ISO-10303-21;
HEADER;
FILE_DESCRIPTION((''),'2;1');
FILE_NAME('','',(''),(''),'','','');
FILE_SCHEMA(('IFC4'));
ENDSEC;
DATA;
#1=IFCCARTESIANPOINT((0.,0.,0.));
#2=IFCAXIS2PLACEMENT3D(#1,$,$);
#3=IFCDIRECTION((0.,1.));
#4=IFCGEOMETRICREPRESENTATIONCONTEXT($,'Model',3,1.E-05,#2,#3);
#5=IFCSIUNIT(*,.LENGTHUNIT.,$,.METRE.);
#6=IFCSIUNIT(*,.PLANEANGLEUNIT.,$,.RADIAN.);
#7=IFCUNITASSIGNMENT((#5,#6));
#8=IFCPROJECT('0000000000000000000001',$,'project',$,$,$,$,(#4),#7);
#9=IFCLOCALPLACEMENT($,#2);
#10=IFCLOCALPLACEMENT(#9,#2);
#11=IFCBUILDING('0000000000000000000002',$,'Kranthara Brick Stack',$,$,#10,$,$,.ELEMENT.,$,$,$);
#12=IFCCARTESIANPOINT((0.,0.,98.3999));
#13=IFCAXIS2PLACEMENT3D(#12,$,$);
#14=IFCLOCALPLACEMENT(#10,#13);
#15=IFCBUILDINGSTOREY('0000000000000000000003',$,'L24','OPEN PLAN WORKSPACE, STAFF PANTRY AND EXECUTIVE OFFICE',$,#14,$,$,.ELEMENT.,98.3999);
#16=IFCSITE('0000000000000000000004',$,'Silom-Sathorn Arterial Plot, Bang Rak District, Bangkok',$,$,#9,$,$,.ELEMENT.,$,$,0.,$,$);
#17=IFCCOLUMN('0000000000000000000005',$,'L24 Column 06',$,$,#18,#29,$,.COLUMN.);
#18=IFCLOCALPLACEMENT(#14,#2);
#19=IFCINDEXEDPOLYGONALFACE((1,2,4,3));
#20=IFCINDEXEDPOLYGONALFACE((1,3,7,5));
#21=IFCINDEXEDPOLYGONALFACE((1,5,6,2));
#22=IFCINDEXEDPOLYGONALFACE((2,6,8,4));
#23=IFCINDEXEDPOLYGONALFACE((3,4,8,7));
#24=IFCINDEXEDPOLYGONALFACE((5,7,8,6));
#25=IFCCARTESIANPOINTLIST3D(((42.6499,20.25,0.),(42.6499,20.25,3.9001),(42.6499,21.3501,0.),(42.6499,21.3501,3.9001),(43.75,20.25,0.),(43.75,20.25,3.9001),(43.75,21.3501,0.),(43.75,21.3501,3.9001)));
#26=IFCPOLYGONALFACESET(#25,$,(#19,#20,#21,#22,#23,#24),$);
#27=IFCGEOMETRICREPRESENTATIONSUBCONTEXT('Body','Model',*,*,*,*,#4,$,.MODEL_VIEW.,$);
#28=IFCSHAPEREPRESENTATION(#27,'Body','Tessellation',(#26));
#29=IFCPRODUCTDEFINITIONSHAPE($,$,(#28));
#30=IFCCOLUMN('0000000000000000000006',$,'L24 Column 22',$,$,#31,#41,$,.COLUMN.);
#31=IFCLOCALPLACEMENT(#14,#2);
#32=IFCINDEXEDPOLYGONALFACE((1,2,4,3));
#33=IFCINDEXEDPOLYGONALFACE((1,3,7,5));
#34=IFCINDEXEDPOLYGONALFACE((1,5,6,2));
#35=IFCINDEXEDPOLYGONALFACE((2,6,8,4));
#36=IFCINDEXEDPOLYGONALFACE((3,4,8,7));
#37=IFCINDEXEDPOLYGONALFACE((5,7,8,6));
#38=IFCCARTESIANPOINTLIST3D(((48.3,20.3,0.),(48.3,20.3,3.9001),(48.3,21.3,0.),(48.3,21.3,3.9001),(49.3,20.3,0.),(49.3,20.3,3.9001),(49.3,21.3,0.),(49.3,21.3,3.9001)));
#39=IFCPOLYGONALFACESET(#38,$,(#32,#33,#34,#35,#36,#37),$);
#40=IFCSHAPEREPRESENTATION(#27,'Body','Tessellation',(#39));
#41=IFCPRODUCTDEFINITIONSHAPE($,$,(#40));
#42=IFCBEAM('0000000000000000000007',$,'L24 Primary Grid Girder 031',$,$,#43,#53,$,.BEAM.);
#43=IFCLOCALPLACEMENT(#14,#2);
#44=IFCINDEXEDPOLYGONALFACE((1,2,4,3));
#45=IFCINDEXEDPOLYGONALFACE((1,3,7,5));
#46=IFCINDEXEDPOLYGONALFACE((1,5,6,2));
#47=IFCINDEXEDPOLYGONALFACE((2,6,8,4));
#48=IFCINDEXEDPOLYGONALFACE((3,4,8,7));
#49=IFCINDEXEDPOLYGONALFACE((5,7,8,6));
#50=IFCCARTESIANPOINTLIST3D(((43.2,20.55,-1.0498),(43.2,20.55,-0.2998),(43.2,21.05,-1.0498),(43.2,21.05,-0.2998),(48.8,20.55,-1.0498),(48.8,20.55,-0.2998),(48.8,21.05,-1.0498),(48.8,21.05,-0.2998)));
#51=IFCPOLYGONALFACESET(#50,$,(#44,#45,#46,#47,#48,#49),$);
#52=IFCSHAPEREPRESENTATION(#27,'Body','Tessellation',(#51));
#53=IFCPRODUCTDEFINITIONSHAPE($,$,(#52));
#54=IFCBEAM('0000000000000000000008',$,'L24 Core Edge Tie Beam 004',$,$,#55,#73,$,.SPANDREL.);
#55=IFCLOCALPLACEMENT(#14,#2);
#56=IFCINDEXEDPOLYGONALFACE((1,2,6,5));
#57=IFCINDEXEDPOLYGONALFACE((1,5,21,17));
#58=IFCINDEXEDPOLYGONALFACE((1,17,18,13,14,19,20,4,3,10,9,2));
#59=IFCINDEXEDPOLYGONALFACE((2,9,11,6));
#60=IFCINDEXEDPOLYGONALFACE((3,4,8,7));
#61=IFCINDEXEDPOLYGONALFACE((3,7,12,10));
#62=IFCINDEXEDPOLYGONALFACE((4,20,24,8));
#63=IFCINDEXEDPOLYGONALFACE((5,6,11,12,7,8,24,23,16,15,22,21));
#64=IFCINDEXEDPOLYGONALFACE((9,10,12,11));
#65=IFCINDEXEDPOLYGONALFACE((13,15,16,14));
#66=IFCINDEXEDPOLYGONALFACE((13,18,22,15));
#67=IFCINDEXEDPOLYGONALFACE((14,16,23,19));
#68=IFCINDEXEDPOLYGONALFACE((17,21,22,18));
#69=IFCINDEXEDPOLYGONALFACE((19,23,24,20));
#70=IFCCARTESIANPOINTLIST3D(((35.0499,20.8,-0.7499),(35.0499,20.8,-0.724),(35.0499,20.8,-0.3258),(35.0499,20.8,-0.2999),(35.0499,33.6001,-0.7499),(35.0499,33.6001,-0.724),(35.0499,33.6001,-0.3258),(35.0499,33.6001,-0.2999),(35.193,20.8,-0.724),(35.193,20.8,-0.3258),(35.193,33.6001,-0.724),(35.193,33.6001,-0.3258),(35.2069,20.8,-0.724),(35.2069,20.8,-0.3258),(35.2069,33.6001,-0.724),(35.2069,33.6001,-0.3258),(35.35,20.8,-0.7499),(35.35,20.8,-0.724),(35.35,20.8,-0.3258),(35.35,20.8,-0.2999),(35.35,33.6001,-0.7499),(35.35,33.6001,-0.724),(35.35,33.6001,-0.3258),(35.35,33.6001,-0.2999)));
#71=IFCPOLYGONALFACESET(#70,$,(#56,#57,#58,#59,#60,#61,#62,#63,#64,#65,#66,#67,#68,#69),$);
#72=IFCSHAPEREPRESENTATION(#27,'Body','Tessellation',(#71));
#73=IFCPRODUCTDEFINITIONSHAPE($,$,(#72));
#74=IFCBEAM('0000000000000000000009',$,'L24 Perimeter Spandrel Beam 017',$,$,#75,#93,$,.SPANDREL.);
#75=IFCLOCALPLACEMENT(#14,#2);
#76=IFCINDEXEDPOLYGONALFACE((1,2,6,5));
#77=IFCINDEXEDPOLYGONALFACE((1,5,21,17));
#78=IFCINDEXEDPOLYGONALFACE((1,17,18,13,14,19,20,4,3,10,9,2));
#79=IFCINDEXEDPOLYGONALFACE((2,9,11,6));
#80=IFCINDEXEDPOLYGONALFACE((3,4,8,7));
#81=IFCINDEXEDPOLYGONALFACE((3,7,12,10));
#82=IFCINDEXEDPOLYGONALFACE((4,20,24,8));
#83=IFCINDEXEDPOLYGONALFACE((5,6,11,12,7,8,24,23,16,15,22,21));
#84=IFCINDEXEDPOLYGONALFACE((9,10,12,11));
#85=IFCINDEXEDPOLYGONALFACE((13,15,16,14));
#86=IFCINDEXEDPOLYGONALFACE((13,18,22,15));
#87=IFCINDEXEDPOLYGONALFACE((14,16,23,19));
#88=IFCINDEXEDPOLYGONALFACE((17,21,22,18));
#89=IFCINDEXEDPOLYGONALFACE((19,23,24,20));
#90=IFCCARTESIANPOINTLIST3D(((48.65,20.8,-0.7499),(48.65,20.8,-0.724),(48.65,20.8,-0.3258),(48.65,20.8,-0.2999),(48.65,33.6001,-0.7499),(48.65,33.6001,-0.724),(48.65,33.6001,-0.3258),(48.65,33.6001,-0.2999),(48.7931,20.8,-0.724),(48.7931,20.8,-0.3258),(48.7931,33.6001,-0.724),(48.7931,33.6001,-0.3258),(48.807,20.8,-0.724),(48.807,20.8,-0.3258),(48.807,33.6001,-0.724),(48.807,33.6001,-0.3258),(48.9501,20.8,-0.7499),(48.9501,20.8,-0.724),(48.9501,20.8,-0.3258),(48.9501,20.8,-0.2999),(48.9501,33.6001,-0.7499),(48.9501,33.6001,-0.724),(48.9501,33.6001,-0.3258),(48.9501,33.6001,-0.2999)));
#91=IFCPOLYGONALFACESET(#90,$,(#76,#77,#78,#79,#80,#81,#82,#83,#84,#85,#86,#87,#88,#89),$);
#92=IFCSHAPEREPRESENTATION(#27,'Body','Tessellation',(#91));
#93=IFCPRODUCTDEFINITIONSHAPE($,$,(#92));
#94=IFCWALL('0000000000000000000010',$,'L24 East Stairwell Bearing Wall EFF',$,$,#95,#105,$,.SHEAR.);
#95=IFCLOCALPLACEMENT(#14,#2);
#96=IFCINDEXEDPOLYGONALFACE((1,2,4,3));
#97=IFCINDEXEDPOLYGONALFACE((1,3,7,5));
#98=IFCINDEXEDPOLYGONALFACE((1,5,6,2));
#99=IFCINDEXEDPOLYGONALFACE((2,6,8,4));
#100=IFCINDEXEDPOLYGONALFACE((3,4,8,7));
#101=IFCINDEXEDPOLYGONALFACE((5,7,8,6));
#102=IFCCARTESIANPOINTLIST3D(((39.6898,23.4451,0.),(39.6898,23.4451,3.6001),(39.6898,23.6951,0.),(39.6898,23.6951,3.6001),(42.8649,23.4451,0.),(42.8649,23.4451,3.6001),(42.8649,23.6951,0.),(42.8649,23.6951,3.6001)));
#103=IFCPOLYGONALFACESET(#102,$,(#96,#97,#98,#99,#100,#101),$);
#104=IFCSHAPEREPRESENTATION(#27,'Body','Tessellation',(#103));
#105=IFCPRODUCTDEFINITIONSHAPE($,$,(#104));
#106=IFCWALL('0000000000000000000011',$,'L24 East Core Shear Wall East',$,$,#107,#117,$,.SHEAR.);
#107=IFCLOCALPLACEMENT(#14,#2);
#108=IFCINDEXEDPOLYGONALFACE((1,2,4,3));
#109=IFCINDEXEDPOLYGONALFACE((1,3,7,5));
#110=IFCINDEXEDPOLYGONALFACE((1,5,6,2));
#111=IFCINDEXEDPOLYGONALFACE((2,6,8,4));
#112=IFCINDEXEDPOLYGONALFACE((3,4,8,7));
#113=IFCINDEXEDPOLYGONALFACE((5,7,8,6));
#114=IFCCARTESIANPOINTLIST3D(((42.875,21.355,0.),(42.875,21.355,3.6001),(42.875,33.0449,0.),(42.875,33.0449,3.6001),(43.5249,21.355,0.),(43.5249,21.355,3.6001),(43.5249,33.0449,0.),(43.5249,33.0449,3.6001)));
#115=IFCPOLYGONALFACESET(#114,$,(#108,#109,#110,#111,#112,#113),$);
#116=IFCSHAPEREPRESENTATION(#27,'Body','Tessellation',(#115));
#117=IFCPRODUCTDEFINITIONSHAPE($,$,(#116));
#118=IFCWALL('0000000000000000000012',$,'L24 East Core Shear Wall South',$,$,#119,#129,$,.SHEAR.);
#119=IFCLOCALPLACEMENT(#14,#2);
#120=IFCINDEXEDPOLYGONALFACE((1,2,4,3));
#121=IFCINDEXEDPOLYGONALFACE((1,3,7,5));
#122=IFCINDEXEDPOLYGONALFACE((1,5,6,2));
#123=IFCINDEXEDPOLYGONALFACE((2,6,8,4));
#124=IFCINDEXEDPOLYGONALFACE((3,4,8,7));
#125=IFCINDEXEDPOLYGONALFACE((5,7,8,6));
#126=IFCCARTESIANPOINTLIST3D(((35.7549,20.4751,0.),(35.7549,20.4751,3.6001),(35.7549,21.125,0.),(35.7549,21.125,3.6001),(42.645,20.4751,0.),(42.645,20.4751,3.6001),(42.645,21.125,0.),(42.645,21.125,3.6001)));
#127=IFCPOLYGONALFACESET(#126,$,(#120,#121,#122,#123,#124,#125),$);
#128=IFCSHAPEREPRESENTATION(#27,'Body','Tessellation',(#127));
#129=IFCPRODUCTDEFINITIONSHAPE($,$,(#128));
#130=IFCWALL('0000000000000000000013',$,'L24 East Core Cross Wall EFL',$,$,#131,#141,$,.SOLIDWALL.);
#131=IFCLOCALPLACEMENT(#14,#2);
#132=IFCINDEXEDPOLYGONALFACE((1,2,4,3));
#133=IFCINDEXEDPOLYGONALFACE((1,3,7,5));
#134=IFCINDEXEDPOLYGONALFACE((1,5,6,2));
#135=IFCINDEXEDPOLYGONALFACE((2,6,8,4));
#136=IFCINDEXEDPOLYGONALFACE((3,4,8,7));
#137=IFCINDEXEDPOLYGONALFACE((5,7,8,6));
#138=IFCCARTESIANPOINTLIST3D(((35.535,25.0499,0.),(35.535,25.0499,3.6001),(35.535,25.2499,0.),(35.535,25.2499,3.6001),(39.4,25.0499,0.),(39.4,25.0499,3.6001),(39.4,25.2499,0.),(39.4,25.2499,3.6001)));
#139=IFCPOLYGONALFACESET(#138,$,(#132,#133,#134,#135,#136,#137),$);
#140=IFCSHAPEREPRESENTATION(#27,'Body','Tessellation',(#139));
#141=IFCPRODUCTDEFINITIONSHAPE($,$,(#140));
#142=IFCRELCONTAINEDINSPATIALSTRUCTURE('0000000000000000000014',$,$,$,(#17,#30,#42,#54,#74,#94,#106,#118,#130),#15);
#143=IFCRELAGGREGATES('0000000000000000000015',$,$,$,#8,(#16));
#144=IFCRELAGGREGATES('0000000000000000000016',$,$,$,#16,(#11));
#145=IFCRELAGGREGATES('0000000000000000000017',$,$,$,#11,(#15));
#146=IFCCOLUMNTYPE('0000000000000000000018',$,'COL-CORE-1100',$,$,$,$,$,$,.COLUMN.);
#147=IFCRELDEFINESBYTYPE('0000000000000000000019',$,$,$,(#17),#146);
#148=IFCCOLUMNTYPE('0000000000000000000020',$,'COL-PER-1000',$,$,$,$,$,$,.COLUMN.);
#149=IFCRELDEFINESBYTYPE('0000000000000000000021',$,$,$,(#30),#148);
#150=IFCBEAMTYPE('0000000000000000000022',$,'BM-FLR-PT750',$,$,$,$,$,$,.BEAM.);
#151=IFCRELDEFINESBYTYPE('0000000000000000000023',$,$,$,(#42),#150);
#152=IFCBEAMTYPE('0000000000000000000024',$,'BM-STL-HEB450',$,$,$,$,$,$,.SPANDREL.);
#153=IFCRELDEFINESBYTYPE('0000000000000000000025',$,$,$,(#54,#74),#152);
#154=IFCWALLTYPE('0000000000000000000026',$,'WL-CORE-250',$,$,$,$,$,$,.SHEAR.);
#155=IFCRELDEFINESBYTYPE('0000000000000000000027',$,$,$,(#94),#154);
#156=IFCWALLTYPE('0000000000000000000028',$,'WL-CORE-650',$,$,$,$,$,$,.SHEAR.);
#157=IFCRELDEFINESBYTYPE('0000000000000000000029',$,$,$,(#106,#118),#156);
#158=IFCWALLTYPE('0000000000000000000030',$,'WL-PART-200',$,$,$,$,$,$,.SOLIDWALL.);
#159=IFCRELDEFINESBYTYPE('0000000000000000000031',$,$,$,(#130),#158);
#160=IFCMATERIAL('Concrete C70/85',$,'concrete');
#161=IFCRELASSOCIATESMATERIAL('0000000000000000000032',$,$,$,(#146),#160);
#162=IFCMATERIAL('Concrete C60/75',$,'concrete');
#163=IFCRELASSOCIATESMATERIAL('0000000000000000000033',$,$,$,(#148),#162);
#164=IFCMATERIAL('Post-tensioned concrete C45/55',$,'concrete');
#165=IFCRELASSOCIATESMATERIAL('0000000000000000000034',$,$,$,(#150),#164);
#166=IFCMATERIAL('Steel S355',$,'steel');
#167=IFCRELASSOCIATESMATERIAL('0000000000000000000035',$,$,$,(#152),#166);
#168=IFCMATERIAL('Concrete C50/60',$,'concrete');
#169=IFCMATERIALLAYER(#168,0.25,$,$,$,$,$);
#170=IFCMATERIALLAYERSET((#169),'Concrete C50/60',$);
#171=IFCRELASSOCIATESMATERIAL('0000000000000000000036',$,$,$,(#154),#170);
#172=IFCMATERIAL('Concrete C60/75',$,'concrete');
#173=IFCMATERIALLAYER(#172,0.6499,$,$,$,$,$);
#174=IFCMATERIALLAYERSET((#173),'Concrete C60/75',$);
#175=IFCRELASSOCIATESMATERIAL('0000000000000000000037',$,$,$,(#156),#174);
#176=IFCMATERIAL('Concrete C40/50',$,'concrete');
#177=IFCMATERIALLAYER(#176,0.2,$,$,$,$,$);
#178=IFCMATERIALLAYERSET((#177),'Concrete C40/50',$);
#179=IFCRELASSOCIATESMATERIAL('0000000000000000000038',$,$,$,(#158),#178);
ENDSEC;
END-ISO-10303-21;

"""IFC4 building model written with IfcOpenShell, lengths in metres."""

from ifc_helpers import new_model, si_unit, direction, frame, frame_2d, origin, origin_2d, place, context, subcontext, project, spatial, rectangle, i_section, extrude, material, layer, layer_set, material_profile, profile_set, type_object, element, save


model = new_model("IFC4")

# Units and contexts
model_context = context("Model", 3, precision=1e-05, world=origin(), true_north=direction((0.0, 1.0)))
body_context = subcontext(model_context, "Body", "Model", "MODEL_VIEW")
ifc_project = project(units=[si_unit("LENGTHUNIT", "METRE"), si_unit("PLANEANGLEUNIT", "RADIAN")], contexts=[model_context])

# Site, building, storey
site_placement = place(None, origin())
site = spatial("IfcSite", under=ifc_project, at=site_placement, Name="Silom-Sathorn Arterial Plot, Bang Rak District, Bangkok", CompositionType="ELEMENT", RefElevation=0.0)
building_placement = place(site_placement, origin())
building = spatial("IfcBuilding", under=site, at=building_placement, Name="Kranthara Brick Stack", CompositionType="ELEMENT")
storey_placement = place(building_placement, frame((0.0, 0.0, 98.3999)))
storey = spatial("IfcBuildingStorey", under=building, at=storey_placement, Name="L24", Description="OPEN PLAN WORKSPACE, STAFF PANTRY AND EXECUTIVE OFFICE", CompositionType="ELEMENT", Elevation=98.3999)

# Columns
ifc_material_1 = material(Name="Concrete C70/85", Category="concrete")
ifc_material_profile_1 = material_profile(ifc_material_1, rectangle(XDim=1.1001, YDim=1.1001, at=origin_2d()), Name="RC 1100x1100")
ifc_profile_set_1 = profile_set([ifc_material_profile_1], Name="Concrete C70/85")
column_type_1 = type_object("IfcColumnType", Name="COL-CORE-1100", PredefinedType="COLUMN", material=ifc_profile_set_1)
column_1_placement = place(storey_placement, frame((43.2, 20.8, 0.0), z_axis=(0.0, 0.0, 1.0), x_axis=(1.0, 0.0, 0.0)))
element("IfcColumn", 1, at=column_1_placement, inside=storey, type_object=column_type_1, Name="L24 Column 06", PredefinedType="COLUMN", context=body_context, shape_type="SweptSolid", body=[
    extrude(rectangle(XDim=1.1001, YDim=1.1001, at=origin_2d()), origin(), (0.0, 0.0, 1.0), 3.9001),
])
ifc_material_2 = material(Name="Concrete C60/75", Category="concrete")
ifc_material_profile_2 = material_profile(ifc_material_2, rectangle(XDim=1.0, YDim=1.0, at=origin_2d()), Name="RC 1000x1000")
ifc_profile_set_2 = profile_set([ifc_material_profile_2], Name="Concrete C60/75")
column_type_2 = type_object("IfcColumnType", Name="COL-PER-1000", PredefinedType="COLUMN", material=ifc_profile_set_2)
column_2_placement = place(storey_placement, frame((48.8, 20.8, 0.0), z_axis=(0.0, 0.0, 1.0), x_axis=(1.0, 0.0, 0.0)))
element("IfcColumn", 2, at=column_2_placement, inside=storey, type_object=column_type_2, Name="L24 Column 22", PredefinedType="COLUMN", context=body_context, shape_type="SweptSolid", body=[
    extrude(rectangle(XDim=1.0, YDim=1.0, at=origin_2d()), origin(), (0.0, 0.0, 1.0), 3.9001),
])

# Beams
ifc_material_3 = material(Name="Post-tensioned concrete C45/55", Category="concrete")
ifc_material_profile_3 = material_profile(ifc_material_3, rectangle(XDim=0.5, YDim=0.75, at=origin_2d()), Name="PT 500x750")
ifc_profile_set_3 = profile_set([ifc_material_profile_3], Name="Post-tensioned concrete C45/55")
beam_type_1 = type_object("IfcBeamType", Name="BM-FLR-PT750", PredefinedType="BEAM", material=ifc_profile_set_3)
beam_placement = place(storey_placement, frame((43.2, 20.8, -0.6748), z_axis=(1.0, 0.0, 0.0), x_axis=(0.0, 1.0, 0.0)))
element("IfcBeam", 3, at=beam_placement, inside=storey, type_object=beam_type_1, Name="L24 Primary Grid Girder 031", PredefinedType="BEAM", context=body_context, shape_type="SweptSolid", body=[
    extrude(rectangle(XDim=0.5, YDim=0.75, at=origin_2d()), origin(), (0.0, 0.0, 1.0), 5.6001),
])
ifc_material_4 = material(Name="Steel S355", Category="steel")
ifc_material_profile_4 = material_profile(ifc_material_4, i_section(OverallWidth=0.3, OverallDepth=0.45, WebThickness=0.0139, FlangeThickness=0.0259, at=origin_2d()), Name="HEB 450")
ifc_profile_set_4 = profile_set([ifc_material_profile_4], Name="Steel S355")
beam_type_2 = type_object("IfcBeamType", Name="BM-STL-HEB450", PredefinedType="SPANDREL", material=ifc_profile_set_4)
for number, where, z_axis, x_axis, name in (
    (4, (35.2, 20.8, -0.5249), (0.0, 1.0, 0.0), (-1.0, 0.0, 0.0), "L24 Core Edge Tie Beam 004"),
    (5, (48.8, 20.8, -0.5249), (0.0, 1.0, 0.0), (-1.0, 0.0, 0.0), "L24 Perimeter Spandrel Beam 017"),
):
    element("IfcBeam", number, at=place(storey_placement, frame(where, z_axis=z_axis, x_axis=x_axis)), inside=storey, type_object=beam_type_2, Name=name, PredefinedType="SPANDREL", context=body_context, shape_type="SweptSolid", body=[
        extrude(i_section(OverallWidth=0.3, OverallDepth=0.45, WebThickness=0.0139, FlangeThickness=0.0259, at=origin_2d()), origin(), (0.0, 0.0, 1.0), 12.8),
    ])

# Shared definitions
ifc_material_5 = material(Name="Concrete C50/60", Category="concrete")
ifc_layer_1 = layer(ifc_material_5, 0.25)
ifc_layer_set_1 = layer_set([ifc_layer_1], Name="Concrete C50/60")
wall_type_1 = type_object("IfcWallType", Name="WL-CORE-250", PredefinedType="SHEAR", material=ifc_layer_set_1)

# Walls
wall_1_placement = place(storey_placement, frame((39.6899, 23.5701, 0.0), z_axis=(0.0, 0.0, 1.0), x_axis=(1.0, 0.0, 0.0)))
element("IfcWall", 6, at=wall_1_placement, inside=storey, type_object=wall_type_1, Name="L24 East Stairwell Bearing Wall EFF", PredefinedType="SHEAR", context=body_context, shape_type="SweptSolid", body=[
    extrude(rectangle(XDim=3.175, YDim=0.25, at=frame_2d((1.5874, 0.0))), origin(), (0.0, 0.0, 1.0), 3.6001),
])
ifc_material_6 = material(Name="Concrete C60/75", Category="concrete")
ifc_layer_2 = layer(ifc_material_6, 0.6499)
ifc_layer_set_2 = layer_set([ifc_layer_2], Name="Concrete C60/75")
wall_type_2 = type_object("IfcWallType", Name="WL-CORE-650", PredefinedType="SHEAR", material=ifc_layer_set_2)
wall_2_placement = place(storey_placement, frame((43.2, 21.355, 0.0), z_axis=(0.0, 0.0, 1.0), x_axis=(0.0, 1.0, 0.0)))
element("IfcWall", 7, at=wall_2_placement, inside=storey, type_object=wall_type_2, Name="L24 East Core Shear Wall East", PredefinedType="SHEAR", context=body_context, shape_type="SweptSolid", body=[
    extrude(rectangle(XDim=11.6899, YDim=0.6499, at=frame_2d((5.845, 0.0))), origin(), (0.0, 0.0, 1.0), 3.6001),
])
wall_3_placement = place(storey_placement, frame((35.7549, 20.8, 0.0), z_axis=(0.0, 0.0, 1.0), x_axis=(1.0, 0.0, 0.0)))
element("IfcWall", 8, at=wall_3_placement, inside=storey, type_object=wall_type_2, Name="L24 East Core Shear Wall South", PredefinedType="SHEAR", context=body_context, shape_type="SweptSolid", body=[
    extrude(rectangle(XDim=6.8901, YDim=0.6499, at=frame_2d((3.4451, 0.0))), origin(), (0.0, 0.0, 1.0), 3.6001),
])

# Wall
ifc_material_7 = material(Name="Concrete C40/50", Category="concrete")
ifc_layer_3 = layer(ifc_material_7, 0.2)
ifc_layer_set_3 = layer_set([ifc_layer_3], Name="Concrete C40/50")
wall_type_3 = type_object("IfcWallType", Name="WL-PART-200", PredefinedType="SOLIDWALL", material=ifc_layer_set_3)
wall_4_placement = place(storey_placement, frame((35.5349, 25.1499, 0.0), z_axis=(0.0, 0.0, 1.0), x_axis=(1.0, 0.0, 0.0)))
element("IfcWall", 9, at=wall_4_placement, inside=storey, type_object=wall_type_3, Name="L24 East Core Cross Wall EFL", PredefinedType="SOLIDWALL", context=body_context, shape_type="SweptSolid", body=[
    extrude(rectangle(XDim=3.865, YDim=0.2, at=frame_2d((1.9326, 0.0))), origin(), (0.0, 0.0, 1.0), 3.6001),
])

save(model, "model.ifc")
